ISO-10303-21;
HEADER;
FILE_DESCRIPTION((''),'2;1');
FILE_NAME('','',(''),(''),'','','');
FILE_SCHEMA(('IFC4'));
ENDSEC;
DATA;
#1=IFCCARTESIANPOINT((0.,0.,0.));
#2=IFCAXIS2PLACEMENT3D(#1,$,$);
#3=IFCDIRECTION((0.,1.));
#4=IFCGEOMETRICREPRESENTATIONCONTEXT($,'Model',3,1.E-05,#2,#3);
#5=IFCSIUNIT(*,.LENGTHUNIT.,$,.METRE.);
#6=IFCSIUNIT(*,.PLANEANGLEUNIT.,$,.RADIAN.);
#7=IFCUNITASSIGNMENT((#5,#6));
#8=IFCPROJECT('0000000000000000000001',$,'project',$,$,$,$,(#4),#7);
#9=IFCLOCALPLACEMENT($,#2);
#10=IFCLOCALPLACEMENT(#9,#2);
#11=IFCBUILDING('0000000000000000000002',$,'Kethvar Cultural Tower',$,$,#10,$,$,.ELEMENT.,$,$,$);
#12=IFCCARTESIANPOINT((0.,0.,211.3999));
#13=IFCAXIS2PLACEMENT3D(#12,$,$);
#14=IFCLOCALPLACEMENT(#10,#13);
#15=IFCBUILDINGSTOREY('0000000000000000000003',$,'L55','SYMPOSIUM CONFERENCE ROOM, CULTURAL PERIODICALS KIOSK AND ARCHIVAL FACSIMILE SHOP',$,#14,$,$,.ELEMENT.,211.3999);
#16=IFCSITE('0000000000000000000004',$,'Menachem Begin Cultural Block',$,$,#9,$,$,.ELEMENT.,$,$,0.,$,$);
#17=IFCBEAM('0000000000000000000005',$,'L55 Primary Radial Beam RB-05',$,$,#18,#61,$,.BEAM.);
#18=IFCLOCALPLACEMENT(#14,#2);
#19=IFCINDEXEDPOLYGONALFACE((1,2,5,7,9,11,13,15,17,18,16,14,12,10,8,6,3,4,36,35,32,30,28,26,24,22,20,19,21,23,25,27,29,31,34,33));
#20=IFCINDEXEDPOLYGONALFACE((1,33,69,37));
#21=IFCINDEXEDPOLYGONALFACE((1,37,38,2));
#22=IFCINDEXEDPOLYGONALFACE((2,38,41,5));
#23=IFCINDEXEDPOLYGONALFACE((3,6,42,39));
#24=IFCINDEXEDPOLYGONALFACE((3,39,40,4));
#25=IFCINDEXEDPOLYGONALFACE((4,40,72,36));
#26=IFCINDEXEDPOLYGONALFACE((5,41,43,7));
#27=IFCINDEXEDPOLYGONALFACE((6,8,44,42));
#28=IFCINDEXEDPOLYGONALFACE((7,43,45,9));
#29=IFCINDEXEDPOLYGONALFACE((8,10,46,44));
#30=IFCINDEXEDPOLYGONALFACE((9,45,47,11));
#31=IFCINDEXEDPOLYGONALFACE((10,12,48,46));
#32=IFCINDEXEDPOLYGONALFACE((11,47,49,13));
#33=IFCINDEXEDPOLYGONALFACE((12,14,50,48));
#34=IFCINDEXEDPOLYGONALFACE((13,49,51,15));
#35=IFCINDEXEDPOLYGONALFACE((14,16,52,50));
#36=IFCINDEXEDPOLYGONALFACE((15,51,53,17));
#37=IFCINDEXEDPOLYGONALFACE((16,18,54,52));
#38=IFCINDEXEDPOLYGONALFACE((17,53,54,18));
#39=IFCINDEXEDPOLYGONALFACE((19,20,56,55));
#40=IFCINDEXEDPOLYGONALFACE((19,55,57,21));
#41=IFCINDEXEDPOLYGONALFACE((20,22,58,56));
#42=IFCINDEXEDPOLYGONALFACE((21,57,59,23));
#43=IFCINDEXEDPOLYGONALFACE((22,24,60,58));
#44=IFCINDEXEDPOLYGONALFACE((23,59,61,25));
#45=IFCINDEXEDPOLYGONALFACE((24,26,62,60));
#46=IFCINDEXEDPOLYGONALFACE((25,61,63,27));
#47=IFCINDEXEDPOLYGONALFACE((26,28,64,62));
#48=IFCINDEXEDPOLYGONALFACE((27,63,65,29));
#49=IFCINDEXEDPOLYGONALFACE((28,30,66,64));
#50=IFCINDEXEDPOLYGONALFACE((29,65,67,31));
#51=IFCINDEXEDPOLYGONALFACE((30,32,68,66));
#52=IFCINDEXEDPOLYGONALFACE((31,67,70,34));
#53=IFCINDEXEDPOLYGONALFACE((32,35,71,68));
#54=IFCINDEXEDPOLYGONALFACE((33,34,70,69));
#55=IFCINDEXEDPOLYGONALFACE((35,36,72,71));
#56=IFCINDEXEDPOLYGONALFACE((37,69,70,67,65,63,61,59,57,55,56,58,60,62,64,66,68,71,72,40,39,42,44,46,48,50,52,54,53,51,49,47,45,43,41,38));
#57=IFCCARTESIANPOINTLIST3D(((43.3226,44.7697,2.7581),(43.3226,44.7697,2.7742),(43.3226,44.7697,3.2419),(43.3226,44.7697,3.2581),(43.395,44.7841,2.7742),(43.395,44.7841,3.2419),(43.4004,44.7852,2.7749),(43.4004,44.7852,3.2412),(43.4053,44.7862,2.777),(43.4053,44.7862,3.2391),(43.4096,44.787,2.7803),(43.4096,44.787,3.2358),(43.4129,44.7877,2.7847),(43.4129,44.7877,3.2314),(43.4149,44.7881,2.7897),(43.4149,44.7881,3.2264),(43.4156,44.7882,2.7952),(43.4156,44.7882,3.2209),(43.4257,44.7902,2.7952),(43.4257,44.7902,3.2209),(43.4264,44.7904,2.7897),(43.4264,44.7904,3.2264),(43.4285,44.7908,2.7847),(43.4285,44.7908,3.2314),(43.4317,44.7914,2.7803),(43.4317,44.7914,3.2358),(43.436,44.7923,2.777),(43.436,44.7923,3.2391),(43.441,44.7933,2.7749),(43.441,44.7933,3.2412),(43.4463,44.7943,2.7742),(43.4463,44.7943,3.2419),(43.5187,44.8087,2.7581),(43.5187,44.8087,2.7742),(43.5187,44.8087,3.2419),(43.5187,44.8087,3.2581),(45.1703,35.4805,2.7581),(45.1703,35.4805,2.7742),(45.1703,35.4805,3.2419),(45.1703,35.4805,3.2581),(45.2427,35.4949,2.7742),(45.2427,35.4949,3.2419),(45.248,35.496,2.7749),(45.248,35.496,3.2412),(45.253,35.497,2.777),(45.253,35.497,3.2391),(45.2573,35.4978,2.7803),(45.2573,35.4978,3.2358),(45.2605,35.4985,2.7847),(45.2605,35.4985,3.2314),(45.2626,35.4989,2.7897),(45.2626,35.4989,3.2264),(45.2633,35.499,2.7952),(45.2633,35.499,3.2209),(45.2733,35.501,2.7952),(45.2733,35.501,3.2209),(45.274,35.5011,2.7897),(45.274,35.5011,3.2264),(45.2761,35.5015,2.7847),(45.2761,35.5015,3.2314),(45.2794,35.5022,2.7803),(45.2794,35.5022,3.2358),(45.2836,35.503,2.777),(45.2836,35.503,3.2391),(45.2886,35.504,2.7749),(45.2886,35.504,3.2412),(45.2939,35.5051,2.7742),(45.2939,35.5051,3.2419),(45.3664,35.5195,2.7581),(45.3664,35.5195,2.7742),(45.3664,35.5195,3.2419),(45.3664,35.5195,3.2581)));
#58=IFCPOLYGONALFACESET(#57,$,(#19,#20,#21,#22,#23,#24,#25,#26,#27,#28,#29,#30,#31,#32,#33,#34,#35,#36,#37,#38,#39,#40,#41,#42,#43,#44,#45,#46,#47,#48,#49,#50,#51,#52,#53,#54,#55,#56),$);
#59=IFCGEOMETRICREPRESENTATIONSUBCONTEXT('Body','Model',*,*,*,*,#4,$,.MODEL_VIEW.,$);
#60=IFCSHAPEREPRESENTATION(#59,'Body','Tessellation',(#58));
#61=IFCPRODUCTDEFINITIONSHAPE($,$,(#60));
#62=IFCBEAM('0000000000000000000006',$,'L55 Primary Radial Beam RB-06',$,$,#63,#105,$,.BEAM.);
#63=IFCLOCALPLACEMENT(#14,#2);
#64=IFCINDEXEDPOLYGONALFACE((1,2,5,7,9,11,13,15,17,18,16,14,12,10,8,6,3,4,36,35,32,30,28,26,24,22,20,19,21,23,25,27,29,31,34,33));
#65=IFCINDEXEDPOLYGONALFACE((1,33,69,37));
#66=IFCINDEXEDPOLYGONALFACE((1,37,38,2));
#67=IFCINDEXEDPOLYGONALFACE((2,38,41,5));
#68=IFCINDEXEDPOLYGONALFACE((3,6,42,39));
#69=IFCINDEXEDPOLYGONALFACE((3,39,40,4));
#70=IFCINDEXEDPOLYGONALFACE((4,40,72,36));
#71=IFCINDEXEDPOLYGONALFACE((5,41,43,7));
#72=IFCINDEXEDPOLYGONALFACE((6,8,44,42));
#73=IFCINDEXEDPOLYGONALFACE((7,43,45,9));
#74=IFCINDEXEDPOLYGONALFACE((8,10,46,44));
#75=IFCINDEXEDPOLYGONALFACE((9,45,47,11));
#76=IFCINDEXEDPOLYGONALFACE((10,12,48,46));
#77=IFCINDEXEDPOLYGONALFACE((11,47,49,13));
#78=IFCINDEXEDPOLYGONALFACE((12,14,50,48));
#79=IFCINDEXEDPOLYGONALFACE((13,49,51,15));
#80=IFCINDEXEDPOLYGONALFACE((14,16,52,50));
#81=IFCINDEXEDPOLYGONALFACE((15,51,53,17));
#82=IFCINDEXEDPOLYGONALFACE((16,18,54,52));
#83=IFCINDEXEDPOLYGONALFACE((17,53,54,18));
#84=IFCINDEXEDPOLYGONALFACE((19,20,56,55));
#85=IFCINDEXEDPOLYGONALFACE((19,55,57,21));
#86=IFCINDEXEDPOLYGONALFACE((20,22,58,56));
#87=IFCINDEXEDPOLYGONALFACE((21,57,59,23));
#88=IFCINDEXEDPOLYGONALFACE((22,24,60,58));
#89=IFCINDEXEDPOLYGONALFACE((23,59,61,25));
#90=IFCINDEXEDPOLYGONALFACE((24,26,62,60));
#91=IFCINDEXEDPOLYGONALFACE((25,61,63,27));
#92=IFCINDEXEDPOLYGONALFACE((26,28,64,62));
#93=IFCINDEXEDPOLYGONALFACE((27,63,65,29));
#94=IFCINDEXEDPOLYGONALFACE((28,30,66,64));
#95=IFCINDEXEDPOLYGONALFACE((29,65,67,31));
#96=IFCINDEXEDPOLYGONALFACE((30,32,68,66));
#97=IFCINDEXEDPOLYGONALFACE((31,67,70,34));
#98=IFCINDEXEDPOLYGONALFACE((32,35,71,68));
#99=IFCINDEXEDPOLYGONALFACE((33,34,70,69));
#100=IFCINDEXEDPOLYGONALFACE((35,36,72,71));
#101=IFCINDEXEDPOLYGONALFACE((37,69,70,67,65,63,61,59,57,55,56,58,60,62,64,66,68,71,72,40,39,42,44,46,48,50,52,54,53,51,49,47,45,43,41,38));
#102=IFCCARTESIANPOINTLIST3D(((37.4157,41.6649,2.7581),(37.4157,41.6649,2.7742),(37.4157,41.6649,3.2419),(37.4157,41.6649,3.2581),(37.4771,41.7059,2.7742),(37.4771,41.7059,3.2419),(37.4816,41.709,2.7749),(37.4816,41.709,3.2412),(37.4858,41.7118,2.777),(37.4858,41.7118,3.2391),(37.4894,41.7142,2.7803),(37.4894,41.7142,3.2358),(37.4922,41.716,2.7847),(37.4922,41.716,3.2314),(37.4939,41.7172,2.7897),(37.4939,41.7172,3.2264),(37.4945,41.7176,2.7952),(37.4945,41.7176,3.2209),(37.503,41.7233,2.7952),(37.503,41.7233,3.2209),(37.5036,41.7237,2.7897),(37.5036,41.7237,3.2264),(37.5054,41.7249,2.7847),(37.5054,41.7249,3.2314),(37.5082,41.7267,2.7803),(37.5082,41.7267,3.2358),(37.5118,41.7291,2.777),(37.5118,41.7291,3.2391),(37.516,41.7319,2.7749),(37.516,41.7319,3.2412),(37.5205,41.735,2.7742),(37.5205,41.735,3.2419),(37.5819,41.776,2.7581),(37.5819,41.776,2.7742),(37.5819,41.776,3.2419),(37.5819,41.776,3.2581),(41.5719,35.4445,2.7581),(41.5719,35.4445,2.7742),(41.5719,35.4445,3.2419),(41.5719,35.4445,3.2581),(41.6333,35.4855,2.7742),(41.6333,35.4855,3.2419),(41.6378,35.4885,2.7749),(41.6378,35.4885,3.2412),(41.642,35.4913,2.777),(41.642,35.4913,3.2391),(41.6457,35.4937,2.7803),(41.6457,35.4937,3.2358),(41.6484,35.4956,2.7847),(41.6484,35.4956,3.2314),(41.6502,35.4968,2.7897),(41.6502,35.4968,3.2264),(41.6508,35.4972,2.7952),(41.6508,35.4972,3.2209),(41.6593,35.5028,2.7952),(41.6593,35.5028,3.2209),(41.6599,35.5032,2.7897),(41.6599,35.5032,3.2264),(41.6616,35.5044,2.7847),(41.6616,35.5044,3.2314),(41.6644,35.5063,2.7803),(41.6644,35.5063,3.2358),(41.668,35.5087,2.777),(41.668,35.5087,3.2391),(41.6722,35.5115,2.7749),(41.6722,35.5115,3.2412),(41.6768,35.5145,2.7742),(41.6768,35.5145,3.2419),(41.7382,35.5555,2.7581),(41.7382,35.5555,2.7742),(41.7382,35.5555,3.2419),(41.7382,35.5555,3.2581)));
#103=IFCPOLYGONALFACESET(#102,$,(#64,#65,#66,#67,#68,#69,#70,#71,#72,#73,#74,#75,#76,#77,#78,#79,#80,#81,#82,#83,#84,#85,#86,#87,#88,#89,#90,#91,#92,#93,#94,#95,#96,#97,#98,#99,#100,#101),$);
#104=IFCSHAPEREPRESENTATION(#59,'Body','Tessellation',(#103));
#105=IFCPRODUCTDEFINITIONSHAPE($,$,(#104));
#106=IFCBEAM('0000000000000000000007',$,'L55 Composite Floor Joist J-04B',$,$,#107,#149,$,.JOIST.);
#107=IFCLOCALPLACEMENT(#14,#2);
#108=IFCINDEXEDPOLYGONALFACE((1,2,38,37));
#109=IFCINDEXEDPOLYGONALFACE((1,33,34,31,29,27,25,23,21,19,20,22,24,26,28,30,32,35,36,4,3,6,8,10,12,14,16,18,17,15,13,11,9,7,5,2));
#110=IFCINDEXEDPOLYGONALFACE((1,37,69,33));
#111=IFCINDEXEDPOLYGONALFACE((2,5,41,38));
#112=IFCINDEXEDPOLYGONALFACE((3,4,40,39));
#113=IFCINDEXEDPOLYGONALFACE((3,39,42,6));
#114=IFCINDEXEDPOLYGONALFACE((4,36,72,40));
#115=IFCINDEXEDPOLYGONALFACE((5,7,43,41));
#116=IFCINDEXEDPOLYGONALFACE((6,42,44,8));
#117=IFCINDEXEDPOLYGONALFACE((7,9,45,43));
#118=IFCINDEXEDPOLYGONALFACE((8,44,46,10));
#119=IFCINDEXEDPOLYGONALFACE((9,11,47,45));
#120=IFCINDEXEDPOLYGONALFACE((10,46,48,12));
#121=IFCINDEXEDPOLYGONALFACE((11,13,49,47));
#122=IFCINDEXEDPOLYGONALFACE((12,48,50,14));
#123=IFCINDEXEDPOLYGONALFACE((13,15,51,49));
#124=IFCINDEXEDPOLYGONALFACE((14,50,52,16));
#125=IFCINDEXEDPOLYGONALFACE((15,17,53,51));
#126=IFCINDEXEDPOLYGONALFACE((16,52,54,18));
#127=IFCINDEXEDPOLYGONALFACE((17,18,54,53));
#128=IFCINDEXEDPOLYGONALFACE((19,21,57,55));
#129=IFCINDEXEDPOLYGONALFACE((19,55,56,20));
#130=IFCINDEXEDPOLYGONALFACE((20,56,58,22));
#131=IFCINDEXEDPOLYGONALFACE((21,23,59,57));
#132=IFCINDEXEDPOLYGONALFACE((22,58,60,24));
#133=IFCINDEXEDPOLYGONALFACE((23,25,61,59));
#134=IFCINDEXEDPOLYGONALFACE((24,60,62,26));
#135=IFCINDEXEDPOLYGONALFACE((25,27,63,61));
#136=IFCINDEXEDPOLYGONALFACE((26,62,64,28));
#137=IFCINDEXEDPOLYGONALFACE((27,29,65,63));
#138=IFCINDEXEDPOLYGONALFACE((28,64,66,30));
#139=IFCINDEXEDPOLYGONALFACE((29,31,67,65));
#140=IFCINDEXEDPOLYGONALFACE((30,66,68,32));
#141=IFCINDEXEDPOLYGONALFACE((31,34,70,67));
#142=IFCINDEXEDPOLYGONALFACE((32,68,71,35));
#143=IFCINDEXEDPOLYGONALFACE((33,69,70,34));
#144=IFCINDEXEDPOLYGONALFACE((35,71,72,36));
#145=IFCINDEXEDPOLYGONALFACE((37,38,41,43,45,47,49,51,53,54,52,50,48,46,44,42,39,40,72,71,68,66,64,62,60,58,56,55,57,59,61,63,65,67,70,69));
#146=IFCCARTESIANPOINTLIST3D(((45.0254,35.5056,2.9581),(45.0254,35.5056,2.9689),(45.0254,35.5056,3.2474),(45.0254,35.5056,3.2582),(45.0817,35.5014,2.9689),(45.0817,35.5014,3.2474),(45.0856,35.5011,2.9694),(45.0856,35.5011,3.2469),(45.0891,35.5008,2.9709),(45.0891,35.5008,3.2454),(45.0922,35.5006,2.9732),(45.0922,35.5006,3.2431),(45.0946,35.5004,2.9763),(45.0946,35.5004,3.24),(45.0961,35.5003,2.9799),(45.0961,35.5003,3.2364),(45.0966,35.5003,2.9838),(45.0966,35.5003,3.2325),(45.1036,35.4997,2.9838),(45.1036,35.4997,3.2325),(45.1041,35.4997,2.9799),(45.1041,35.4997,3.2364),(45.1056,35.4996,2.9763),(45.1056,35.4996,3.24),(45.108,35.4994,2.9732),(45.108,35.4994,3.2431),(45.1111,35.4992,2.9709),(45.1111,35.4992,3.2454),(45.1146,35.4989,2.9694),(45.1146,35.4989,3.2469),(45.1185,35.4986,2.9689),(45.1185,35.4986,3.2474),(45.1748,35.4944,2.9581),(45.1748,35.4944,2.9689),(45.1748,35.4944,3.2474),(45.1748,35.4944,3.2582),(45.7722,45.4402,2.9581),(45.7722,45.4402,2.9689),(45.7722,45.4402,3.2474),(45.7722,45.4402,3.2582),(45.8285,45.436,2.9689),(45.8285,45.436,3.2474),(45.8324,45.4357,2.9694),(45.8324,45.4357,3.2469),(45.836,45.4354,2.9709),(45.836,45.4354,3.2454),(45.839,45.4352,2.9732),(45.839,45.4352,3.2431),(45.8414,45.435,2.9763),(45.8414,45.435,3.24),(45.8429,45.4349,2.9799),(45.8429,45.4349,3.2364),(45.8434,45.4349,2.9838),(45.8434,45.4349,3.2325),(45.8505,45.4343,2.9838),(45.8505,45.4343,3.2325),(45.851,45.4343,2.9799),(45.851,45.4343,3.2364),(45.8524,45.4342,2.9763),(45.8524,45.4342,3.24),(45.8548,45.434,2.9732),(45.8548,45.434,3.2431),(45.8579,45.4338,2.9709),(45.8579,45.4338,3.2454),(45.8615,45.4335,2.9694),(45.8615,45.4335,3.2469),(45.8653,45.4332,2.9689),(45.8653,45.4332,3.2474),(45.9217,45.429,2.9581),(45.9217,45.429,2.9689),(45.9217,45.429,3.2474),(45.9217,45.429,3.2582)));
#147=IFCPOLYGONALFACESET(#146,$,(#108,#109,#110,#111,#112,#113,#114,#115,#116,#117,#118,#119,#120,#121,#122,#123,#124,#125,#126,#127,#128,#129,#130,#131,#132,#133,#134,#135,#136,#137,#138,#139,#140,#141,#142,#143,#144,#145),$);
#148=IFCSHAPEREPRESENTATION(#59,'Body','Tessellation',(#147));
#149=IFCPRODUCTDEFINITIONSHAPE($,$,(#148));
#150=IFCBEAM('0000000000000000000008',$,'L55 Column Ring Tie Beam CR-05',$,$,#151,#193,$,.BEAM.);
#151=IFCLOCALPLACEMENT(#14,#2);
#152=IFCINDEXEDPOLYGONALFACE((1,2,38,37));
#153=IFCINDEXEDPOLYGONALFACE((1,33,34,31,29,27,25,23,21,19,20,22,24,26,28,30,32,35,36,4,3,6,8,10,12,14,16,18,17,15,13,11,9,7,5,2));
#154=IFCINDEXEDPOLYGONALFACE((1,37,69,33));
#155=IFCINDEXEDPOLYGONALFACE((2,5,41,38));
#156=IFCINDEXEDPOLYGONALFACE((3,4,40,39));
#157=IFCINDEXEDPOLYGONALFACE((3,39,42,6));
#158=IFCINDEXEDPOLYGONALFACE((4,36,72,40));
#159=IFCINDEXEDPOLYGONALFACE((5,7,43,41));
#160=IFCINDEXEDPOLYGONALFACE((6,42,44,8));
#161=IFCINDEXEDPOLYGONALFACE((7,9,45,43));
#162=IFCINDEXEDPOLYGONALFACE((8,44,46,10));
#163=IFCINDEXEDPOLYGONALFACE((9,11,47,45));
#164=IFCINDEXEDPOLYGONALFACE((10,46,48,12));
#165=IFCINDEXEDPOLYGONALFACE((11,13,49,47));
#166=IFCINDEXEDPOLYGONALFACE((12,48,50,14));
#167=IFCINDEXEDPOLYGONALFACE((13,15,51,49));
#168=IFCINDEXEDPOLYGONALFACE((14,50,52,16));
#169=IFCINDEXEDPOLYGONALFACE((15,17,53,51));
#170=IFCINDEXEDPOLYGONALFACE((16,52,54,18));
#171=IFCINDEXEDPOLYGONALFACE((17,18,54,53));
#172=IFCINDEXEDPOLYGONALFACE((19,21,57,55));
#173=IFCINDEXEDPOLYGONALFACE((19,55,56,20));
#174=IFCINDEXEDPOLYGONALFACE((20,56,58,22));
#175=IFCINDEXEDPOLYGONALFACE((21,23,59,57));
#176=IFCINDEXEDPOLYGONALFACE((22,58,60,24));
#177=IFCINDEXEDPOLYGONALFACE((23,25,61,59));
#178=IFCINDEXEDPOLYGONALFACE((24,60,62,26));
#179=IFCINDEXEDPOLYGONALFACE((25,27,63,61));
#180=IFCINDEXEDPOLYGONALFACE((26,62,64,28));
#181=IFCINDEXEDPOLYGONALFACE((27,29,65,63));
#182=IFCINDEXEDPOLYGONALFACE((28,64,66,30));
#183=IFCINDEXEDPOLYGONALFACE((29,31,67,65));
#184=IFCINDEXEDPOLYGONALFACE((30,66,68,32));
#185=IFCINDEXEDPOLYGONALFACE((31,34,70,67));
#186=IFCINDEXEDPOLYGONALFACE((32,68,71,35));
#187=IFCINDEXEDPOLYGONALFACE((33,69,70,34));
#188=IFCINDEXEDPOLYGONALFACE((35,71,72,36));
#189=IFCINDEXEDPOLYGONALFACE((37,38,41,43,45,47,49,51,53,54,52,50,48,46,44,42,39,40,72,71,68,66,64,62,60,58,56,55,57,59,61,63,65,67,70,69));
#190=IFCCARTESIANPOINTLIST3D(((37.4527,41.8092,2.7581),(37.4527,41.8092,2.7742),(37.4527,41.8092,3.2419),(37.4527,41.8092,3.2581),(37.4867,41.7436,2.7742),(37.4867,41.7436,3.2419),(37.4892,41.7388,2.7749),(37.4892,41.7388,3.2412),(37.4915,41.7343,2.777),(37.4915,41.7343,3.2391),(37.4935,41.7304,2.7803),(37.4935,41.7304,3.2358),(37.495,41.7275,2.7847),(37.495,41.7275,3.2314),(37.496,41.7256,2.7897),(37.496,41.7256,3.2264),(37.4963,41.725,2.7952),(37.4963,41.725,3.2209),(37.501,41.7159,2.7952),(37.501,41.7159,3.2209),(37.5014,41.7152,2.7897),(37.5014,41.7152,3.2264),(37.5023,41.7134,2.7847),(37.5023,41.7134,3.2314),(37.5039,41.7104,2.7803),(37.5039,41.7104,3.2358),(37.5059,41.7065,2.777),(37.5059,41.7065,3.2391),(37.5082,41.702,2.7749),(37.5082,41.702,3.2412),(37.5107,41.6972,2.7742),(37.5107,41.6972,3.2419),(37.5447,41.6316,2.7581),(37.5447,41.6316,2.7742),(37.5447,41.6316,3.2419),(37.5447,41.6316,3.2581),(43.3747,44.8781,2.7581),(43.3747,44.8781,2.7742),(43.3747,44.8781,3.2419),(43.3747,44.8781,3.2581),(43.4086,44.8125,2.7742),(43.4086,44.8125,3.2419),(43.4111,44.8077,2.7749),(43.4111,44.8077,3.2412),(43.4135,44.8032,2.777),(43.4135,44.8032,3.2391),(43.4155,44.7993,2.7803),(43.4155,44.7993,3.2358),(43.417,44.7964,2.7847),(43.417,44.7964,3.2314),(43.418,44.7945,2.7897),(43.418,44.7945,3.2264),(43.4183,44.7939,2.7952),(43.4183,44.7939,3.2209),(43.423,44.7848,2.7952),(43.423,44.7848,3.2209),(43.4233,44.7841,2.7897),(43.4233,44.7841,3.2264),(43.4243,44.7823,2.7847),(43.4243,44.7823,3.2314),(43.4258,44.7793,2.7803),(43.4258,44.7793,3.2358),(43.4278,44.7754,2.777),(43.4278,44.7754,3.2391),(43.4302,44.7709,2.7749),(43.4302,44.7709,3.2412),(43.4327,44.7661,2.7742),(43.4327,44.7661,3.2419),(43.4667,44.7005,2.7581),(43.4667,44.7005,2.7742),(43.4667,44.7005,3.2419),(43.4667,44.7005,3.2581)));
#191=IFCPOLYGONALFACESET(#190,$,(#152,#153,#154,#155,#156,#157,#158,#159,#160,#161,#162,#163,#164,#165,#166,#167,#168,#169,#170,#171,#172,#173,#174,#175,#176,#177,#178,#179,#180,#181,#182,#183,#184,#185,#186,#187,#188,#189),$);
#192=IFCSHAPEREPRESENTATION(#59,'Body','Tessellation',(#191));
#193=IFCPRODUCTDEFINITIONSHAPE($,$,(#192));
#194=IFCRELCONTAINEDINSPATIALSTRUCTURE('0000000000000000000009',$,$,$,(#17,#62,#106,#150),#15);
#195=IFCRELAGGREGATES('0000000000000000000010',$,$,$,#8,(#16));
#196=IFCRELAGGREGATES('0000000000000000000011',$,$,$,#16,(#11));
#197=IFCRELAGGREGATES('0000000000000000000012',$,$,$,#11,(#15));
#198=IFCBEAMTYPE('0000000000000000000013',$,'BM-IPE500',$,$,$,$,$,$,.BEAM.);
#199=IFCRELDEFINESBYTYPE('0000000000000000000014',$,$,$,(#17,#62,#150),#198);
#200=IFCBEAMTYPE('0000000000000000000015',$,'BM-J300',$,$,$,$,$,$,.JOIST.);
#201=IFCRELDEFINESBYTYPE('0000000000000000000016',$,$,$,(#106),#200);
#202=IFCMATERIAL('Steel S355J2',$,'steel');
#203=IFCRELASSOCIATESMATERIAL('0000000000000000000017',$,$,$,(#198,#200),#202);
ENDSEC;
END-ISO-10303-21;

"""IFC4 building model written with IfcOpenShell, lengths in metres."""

from ifc_helpers import new_model, si_unit, direction, frame, origin, origin_2d, place, context, subcontext, project, spatial, i_section, extrude, source, transform, mapped, material, material_profile, profile_set, type_object, element, save


model = new_model("IFC4")

# Units and contexts
model_context = context("Model", 3, precision=1e-05, world=origin(), true_north=direction((0.0, 1.0)))
body_context = subcontext(model_context, "Body", "Model", "MODEL_VIEW")
ifc_project = project(units=[si_unit("LENGTHUNIT", "METRE"), si_unit("PLANEANGLEUNIT", "RADIAN")], contexts=[model_context])

# Site, building, storey
site_placement = place(None, origin())
site = spatial("IfcSite", under=ifc_project, at=site_placement, Name="Menachem Begin Cultural Block", CompositionType="ELEMENT", RefElevation=0.0)
building_placement = place(site_placement, origin())
building = spatial("IfcBuilding", under=site, at=building_placement, Name="Kethvar Cultural Tower", CompositionType="ELEMENT")
storey_placement = place(building_placement, frame((0.0, 0.0, 211.3999)))
storey = spatial("IfcBuildingStorey", under=building, at=storey_placement, Name="L55", Description="SYMPOSIUM CONFERENCE ROOM, CULTURAL PERIODICALS KIOSK AND ARCHIVAL FACSIMILE SHOP", CompositionType="ELEMENT", Elevation=211.3999)

# Beams
ifc_material_1 = material(Name="Steel S355J2", Category="steel")
ifc_material_profile_1 = material_profile(ifc_material_1, i_section(OverallWidth=0.2, OverallDepth=0.5, WebThickness=0.0103, FlangeThickness=0.0161, FilletRadius=0.021, at=origin_2d()), Name="Steel S355J2 — IPE500")
ifc_profile_set_1 = profile_set([ifc_material_profile_1], Name="Steel S355J2 — IPE500")
beam_type_1 = type_object("IfcBeamType", Name="BM-IPE500", PredefinedType="BEAM", material=ifc_profile_set_1)
shared_shape_1 = source(origin(), body_context, "Body", "SweptSolid", [
    extrude(i_section(OverallWidth=0.2, OverallDepth=0.5, WebThickness=0.0103, FlangeThickness=0.0161, FilletRadius=0.021, at=origin_2d()), origin(), (0.0, 0.0, 1.0), 9.4712),
])
beam_1_placement = place(storey_placement, frame((45.2683, 35.5, 3.0081), z_axis=(-0.19508, 0.980787, 0.0), x_axis=(-0.980787, -0.19508, 0.0)))
element("IfcBeam", 1, at=beam_1_placement, inside=storey, type_object=beam_type_1, Name="L55 Primary Radial Beam RB-05", PredefinedType="BEAM", context=body_context, shape_type="MappedRepresentation", body=[
    mapped(shared_shape_1, transform((0.0, 0.0, 0.0), scale=1.0)),
])
shared_shape_2 = source(origin(), body_context, "Body", "SweptSolid", [
    extrude(i_section(OverallWidth=0.2, OverallDepth=0.5, WebThickness=0.0103, FlangeThickness=0.0161, FilletRadius=0.021, at=origin_2d()), origin(), (0.0, 0.0, 1.0), 7.4812),
])
beam_2_placement = place(storey_placement, frame((41.655, 35.5, 3.0081), z_axis=(-0.555558, 0.831478, 0.0), x_axis=(-0.831478, -0.555558, 0.0)))
element("IfcBeam", 2, at=beam_2_placement, inside=storey, type_object=beam_type_1, Name="L55 Primary Radial Beam RB-06", PredefinedType="BEAM", context=body_context, shape_type="MappedRepresentation", body=[
    mapped(shared_shape_2, transform((0.0, 0.0, 0.0), scale=1.0)),
])
ifc_material_profile_2 = material_profile(ifc_material_1, i_section(OverallWidth=0.1499, OverallDepth=0.3, WebThickness=0.0071, FlangeThickness=0.0107, FilletRadius=0.0149, at=origin_2d()), Name="Steel S355J2 — IPE300")
ifc_profile_set_2 = profile_set([ifc_material_profile_2], Name="Steel S355J2 — IPE300")
beam_type_2 = type_object("IfcBeamType", Name="BM-J300", PredefinedType="JOIST", material=ifc_profile_set_2)
shared_shape_3 = source(origin(), body_context, "Body", "SweptSolid", [
    extrude(i_section(OverallWidth=0.1499, OverallDepth=0.3, WebThickness=0.0071, FlangeThickness=0.0107, FilletRadius=0.0149, at=origin_2d()), origin(), (0.0, 0.0, 1.0), 9.9626),
])
beam_3_placement = place(storey_placement, frame((45.1001, 35.5, 3.1082), z_axis=(0.074963, 0.997186, 0.0), x_axis=(-0.997186, 0.074963, 0.0)))
element("IfcBeam", 3, at=beam_3_placement, inside=storey, type_object=beam_type_2, Name="L55 Composite Floor Joist J-04B", PredefinedType="JOIST", context=body_context, shape_type="MappedRepresentation", body=[
    mapped(shared_shape_3, transform((0.0, 0.0, 0.0), scale=1.0)),
])
shared_shape_4 = source(origin(), body_context, "Body", "SweptSolid", [
    extrude(i_section(OverallWidth=0.2, OverallDepth=0.5, WebThickness=0.0103, FlangeThickness=0.0161, FilletRadius=0.021, at=origin_2d()), origin(), (0.0, 0.0, 1.0), 6.6699),
])
beam_4_placement = place(storey_placement, frame((43.4207, 44.7893, 3.0081), z_axis=(-0.887862, -0.46011, 0.0), x_axis=(0.46011, -0.887862, 0.0)))
element("IfcBeam", 4, at=beam_4_placement, inside=storey, type_object=beam_type_1, Name="L55 Column Ring Tie Beam CR-05", PredefinedType="BEAM", context=body_context, shape_type="MappedRepresentation", body=[
    mapped(shared_shape_4, transform((0.0, 0.0, 0.0), scale=1.0)),
])

save(model, "model.ifc")
